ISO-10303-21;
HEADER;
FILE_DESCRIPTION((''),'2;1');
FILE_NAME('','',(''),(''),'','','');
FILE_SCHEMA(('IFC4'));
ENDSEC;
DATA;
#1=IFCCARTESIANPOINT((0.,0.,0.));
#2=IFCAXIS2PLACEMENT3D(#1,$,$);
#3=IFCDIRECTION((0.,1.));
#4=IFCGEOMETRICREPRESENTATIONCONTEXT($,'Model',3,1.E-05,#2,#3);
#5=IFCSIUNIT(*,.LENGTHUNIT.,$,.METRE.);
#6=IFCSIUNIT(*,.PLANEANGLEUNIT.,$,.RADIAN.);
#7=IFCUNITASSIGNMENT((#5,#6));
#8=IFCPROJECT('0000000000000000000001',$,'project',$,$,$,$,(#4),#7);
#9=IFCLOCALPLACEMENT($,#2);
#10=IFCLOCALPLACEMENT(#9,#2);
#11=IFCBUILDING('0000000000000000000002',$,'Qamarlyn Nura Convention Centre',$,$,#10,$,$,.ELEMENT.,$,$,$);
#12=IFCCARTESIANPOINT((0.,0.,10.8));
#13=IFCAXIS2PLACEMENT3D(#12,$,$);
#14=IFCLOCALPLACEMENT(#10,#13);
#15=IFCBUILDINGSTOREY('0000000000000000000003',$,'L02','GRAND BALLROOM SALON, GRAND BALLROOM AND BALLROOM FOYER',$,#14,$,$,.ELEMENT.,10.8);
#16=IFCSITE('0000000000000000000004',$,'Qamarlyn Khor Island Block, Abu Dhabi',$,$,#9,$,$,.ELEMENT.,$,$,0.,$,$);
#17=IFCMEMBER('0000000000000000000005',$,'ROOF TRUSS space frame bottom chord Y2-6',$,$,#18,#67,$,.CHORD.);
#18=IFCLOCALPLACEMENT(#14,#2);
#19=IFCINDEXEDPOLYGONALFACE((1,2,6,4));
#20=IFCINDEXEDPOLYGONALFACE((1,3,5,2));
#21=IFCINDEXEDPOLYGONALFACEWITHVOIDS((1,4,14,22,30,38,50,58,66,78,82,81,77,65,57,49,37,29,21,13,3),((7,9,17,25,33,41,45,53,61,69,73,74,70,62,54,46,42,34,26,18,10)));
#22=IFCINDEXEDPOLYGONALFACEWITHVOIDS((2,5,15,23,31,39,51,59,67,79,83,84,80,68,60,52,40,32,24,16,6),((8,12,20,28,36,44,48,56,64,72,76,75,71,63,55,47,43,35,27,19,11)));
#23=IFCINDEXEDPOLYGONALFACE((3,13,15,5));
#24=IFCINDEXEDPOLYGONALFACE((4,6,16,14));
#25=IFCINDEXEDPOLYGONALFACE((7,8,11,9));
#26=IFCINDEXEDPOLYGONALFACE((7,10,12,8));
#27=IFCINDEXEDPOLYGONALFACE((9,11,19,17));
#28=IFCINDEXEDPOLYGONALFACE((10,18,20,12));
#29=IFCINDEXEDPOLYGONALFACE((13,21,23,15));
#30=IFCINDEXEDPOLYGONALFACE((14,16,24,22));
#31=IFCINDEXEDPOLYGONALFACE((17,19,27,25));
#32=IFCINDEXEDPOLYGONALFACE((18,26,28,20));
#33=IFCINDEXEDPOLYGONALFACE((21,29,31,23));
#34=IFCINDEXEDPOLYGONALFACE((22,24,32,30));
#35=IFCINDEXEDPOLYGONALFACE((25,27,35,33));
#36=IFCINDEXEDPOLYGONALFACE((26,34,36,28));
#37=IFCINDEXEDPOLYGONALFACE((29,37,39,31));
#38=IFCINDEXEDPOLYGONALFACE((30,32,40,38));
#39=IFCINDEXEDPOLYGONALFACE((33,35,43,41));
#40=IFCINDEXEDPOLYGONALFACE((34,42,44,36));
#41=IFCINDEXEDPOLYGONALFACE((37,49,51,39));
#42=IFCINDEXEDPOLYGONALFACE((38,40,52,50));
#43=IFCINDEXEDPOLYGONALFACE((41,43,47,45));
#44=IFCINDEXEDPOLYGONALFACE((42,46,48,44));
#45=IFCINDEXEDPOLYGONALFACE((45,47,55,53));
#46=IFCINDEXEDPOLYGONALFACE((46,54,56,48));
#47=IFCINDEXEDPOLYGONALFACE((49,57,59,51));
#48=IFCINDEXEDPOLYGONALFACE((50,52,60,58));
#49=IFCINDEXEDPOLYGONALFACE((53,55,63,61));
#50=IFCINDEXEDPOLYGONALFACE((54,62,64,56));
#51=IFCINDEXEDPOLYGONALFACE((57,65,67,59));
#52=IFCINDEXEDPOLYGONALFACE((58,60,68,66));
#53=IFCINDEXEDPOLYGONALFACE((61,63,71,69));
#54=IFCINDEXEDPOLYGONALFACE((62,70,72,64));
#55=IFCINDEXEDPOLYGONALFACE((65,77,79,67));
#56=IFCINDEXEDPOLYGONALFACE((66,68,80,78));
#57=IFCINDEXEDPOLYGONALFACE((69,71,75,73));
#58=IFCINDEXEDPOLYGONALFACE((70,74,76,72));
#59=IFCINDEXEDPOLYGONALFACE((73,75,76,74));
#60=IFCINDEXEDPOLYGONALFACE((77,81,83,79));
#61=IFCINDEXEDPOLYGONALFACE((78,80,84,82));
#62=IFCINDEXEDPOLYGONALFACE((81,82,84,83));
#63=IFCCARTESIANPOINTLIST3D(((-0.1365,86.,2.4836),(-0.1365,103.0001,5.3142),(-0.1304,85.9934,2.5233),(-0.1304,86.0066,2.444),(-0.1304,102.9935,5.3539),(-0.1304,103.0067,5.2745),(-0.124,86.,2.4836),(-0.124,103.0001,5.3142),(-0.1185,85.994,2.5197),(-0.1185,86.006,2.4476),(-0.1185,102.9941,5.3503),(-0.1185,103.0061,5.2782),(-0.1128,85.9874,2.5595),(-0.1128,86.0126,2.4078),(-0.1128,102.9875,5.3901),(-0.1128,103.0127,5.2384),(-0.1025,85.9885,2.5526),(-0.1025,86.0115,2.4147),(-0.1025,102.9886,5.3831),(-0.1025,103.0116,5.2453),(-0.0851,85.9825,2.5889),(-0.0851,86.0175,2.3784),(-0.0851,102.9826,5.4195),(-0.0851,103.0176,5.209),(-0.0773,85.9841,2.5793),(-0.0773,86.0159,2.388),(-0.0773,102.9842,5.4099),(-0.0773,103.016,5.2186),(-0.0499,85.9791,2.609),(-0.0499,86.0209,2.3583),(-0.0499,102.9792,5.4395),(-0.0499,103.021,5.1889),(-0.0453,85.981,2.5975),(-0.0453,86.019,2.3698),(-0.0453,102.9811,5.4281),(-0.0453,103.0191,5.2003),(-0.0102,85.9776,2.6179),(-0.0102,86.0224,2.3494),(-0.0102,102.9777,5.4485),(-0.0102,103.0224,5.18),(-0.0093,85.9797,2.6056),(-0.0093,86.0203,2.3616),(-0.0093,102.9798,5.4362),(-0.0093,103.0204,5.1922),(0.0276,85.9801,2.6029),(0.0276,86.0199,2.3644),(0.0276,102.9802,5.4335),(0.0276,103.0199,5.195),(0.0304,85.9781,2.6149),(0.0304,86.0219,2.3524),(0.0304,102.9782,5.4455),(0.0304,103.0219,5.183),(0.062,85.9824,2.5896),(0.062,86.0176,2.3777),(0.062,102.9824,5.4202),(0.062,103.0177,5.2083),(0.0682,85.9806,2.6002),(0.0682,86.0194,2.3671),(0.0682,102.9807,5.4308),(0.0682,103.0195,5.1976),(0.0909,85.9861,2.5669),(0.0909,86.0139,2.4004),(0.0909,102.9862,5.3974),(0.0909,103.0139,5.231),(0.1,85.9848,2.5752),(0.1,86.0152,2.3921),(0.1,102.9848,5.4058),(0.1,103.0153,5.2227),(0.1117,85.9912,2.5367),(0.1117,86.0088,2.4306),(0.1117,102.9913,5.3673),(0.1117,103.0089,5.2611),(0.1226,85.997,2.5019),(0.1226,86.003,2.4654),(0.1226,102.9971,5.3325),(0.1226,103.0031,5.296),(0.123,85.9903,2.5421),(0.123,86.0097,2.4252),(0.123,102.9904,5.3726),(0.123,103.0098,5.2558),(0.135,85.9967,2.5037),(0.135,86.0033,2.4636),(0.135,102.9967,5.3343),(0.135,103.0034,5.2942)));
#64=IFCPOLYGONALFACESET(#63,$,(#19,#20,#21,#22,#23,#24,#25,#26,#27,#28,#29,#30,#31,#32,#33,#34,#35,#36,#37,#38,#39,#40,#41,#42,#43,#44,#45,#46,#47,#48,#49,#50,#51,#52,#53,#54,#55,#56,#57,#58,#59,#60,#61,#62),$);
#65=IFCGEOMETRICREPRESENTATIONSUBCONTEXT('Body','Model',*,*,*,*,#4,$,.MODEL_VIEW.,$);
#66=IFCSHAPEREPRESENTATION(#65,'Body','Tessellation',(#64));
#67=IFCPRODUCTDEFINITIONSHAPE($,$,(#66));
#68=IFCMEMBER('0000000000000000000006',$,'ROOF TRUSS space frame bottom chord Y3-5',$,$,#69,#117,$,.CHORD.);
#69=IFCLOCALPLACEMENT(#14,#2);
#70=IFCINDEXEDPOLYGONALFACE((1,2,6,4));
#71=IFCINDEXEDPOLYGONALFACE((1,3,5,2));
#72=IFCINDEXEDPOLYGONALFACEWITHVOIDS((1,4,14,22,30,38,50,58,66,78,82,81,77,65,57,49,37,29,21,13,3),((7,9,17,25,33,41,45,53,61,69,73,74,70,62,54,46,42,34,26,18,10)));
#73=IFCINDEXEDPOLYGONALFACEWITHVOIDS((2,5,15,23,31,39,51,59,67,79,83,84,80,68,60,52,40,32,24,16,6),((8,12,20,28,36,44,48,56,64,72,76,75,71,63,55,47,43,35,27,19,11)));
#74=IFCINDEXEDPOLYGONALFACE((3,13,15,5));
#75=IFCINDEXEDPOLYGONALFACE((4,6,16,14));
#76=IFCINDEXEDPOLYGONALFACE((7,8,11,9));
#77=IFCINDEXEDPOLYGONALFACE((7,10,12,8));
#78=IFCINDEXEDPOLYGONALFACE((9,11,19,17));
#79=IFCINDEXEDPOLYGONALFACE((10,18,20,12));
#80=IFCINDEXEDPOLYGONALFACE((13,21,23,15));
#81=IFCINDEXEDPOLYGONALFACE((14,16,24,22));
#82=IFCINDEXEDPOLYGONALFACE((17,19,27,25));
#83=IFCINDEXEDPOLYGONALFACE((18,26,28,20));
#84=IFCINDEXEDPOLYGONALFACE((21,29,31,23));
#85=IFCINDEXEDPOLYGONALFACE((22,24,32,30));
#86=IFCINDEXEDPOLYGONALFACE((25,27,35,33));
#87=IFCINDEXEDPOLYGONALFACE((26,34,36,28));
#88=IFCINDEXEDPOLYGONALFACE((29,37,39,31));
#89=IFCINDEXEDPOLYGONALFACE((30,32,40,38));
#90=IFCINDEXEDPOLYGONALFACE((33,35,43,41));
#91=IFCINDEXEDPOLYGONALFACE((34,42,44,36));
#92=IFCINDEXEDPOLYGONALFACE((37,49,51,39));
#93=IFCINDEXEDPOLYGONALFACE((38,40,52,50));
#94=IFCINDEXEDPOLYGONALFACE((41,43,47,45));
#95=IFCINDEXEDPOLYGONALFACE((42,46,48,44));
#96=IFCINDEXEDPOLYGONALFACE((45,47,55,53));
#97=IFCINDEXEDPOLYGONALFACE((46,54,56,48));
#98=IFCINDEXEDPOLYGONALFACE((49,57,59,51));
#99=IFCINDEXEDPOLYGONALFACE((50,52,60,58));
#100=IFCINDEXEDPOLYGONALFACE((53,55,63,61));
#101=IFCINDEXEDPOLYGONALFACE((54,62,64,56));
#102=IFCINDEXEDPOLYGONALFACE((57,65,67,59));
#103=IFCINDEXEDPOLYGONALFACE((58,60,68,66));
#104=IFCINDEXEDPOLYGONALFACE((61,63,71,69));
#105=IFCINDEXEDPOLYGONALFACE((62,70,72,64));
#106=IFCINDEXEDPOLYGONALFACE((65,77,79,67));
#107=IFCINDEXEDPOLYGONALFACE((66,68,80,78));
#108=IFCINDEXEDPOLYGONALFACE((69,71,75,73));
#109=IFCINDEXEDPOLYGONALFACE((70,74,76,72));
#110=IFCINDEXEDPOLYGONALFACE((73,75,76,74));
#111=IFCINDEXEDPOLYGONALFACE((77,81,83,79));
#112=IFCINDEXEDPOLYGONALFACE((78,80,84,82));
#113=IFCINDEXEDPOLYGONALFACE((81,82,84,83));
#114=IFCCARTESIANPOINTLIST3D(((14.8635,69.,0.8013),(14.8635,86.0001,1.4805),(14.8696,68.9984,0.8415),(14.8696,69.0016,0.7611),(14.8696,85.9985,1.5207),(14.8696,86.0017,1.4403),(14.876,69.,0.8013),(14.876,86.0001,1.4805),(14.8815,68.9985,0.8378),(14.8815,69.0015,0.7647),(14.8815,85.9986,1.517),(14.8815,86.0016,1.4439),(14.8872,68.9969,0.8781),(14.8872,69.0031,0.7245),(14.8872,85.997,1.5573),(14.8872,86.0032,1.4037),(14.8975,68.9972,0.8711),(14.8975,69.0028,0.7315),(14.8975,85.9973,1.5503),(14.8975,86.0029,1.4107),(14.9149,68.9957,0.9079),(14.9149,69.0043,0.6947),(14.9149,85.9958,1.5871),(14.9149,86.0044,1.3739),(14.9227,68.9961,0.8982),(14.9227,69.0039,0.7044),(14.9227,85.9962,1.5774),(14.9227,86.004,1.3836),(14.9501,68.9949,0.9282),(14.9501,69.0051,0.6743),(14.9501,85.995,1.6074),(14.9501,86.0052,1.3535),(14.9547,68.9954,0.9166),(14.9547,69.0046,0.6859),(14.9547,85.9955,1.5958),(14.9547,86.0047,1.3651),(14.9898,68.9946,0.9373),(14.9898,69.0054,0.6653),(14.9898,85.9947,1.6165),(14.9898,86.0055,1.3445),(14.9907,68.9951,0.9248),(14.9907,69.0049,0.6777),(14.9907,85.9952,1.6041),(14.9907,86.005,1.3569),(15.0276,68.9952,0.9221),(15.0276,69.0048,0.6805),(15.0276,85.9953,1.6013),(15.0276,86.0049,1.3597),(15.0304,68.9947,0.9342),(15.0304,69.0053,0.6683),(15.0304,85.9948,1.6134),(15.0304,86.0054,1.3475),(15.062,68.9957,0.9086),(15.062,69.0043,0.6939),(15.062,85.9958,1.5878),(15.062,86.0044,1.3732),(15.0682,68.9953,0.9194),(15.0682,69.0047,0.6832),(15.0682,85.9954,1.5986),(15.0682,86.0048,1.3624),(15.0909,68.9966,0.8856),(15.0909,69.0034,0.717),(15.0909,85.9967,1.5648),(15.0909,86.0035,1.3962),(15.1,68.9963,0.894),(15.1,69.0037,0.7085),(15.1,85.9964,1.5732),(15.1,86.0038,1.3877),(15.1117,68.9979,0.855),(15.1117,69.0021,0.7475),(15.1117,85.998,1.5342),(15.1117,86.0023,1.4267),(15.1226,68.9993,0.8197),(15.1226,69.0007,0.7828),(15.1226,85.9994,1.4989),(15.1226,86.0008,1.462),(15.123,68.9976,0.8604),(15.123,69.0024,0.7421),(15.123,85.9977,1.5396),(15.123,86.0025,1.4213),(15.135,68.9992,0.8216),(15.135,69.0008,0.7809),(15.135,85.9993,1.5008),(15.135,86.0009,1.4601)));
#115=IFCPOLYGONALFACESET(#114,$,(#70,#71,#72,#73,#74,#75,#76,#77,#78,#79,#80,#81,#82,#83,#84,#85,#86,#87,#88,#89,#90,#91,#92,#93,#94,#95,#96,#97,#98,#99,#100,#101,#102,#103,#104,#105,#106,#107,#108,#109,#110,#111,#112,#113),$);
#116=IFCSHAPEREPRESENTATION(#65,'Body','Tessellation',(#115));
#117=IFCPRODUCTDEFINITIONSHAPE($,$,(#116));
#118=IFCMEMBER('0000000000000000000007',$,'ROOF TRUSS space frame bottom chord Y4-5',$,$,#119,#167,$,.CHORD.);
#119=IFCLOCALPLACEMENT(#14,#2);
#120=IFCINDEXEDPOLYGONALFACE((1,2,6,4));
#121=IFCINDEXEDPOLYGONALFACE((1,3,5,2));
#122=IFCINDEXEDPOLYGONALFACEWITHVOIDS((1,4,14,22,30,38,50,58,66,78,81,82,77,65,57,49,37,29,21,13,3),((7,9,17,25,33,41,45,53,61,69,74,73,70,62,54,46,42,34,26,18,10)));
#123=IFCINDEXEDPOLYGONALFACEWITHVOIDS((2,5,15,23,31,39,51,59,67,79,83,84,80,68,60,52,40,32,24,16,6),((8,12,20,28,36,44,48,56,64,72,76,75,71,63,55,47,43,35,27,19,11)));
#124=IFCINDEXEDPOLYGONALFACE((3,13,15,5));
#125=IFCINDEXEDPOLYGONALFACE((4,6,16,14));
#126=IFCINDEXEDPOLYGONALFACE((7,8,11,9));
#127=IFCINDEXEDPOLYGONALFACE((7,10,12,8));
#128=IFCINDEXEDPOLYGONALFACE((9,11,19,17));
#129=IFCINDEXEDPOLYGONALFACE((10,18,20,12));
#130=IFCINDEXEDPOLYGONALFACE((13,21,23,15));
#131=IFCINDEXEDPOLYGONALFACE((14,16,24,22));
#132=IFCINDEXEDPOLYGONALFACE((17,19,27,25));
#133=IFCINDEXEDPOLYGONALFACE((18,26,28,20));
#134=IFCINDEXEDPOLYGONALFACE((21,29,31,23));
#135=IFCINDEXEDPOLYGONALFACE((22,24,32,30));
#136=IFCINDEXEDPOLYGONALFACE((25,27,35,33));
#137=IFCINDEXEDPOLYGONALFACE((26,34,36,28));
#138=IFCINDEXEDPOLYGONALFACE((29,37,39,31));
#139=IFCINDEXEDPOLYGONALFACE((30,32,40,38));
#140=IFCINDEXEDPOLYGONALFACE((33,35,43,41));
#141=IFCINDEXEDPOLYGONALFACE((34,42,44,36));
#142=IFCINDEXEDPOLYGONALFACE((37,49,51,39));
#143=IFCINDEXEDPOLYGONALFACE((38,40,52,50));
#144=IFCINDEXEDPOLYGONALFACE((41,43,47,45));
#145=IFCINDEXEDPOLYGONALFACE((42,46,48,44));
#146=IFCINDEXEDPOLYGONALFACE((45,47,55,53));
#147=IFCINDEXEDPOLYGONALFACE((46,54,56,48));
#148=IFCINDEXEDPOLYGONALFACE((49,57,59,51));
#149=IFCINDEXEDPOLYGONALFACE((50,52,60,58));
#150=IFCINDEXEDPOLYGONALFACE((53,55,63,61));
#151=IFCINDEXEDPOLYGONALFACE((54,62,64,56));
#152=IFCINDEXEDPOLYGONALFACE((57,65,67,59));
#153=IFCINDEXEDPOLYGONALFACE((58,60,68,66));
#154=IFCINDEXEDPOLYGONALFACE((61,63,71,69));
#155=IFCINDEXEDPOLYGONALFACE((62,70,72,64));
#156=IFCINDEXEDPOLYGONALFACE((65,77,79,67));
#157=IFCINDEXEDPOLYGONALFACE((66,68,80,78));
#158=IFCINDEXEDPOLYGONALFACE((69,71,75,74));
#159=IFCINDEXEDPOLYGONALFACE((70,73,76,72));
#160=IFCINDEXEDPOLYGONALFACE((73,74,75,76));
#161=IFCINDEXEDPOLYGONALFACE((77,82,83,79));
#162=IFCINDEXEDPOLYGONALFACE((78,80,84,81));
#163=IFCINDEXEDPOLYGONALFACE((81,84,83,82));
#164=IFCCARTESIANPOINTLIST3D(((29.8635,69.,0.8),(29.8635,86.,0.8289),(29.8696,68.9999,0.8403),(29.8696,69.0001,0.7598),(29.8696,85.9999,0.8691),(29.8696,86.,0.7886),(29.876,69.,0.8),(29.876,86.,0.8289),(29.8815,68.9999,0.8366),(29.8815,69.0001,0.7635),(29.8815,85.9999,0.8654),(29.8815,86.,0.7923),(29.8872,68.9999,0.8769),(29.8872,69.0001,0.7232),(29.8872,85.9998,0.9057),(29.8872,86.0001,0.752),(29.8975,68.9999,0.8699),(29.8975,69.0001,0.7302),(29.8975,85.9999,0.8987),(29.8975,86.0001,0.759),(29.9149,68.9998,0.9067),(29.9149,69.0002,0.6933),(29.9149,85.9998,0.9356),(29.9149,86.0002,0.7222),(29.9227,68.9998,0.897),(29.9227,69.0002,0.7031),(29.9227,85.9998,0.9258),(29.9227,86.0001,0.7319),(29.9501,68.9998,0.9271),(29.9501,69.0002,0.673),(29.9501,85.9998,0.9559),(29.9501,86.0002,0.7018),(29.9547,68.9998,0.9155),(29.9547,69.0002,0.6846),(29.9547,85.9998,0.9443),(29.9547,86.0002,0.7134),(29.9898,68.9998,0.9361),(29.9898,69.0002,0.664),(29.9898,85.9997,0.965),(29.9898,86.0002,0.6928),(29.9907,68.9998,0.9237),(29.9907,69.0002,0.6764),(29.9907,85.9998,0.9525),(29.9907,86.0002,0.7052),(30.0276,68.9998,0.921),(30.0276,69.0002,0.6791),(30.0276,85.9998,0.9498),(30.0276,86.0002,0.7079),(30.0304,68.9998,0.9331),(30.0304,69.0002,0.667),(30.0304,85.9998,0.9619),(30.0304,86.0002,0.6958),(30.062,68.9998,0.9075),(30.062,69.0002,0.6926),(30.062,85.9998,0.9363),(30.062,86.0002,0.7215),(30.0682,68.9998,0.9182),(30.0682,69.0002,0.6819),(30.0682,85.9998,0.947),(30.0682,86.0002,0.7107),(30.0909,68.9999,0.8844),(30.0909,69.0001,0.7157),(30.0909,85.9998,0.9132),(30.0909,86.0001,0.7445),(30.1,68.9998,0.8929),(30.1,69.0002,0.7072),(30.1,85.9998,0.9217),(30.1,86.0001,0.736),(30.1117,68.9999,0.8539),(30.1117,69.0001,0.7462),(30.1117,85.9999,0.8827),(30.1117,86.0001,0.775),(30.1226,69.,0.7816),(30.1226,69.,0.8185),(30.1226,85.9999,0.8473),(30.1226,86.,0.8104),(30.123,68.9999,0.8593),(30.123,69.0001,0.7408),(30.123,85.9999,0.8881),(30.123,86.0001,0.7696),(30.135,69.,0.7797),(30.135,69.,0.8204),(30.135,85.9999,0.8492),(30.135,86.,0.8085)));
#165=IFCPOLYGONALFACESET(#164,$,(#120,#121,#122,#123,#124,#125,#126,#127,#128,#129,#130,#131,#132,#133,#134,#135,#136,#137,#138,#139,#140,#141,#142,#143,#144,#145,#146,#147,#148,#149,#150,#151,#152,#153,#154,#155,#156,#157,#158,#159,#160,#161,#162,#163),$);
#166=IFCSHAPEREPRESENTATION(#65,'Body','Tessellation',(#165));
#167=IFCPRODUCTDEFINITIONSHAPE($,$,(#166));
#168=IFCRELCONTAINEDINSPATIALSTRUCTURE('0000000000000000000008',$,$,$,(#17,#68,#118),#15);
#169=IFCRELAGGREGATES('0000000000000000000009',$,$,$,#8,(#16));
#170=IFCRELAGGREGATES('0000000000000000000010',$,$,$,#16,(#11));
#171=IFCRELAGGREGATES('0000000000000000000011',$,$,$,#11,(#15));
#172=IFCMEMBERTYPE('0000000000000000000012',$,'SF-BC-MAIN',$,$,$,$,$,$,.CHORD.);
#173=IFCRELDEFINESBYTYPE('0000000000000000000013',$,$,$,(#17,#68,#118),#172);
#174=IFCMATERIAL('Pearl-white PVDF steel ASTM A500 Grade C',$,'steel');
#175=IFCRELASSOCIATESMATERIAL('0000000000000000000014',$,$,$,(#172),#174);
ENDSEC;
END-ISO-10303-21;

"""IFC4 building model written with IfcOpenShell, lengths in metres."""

from ifc_helpers import new_model, si_unit, direction, frame, origin, origin_2d, place, context, subcontext, project, spatial, hollow_circle, extrude, material, material_profile, profile_set, type_object, element, save


model = new_model("IFC4")

# Units and contexts
model_context = context("Model", 3, precision=1e-05, world=origin(), true_north=direction((0.0, 1.0)))
body_context = subcontext(model_context, "Body", "Model", "MODEL_VIEW")
ifc_project = project(units=[si_unit("LENGTHUNIT", "METRE"), si_unit("PLANEANGLEUNIT", "RADIAN")], contexts=[model_context])

# Site, building, storey
site_placement = place(None, origin())
site = spatial("IfcSite", under=ifc_project, at=site_placement, Name="Qamarlyn Khor Island Block, Abu Dhabi", CompositionType="ELEMENT", RefElevation=0.0)
building_placement = place(site_placement, origin())
building = spatial("IfcBuilding", under=site, at=building_placement, Name="Qamarlyn Nura Convention Centre", CompositionType="ELEMENT")
storey_placement = place(building_placement, frame((0.0, 0.0, 10.8)))
storey = spatial("IfcBuildingStorey", under=building, at=storey_placement, Name="L02", Description="GRAND BALLROOM SALON, GRAND BALLROOM AND BALLROOM FOYER", CompositionType="ELEMENT", Elevation=10.8)

# Members
ifc_material_1 = material(Name="Pearl-white PVDF steel ASTM A500 Grade C", Category="steel")
ifc_material_profile_1 = material_profile(ifc_material_1, hollow_circle(Radius=0.1365, WallThickness=0.0125, at=origin_2d()), Name="CHS273X12.5")
ifc_profile_set_1 = profile_set([ifc_material_profile_1], Name="Pearl-white PVDF steel ASTM A500 Grade C")
member_type_1 = type_object("IfcMemberType", Name="SF-BC-MAIN", PredefinedType="CHORD", material=ifc_profile_set_1)
member_1_placement = place(storey_placement, frame((0.0, 86.0, 2.4836), z_axis=(0.0, 0.98642, 0.164243), x_axis=(-1.0, 0.0, 0.0)))
element("IfcMember", 1, at=member_1_placement, inside=storey, type_object=member_type_1, Name="ROOF TRUSS space frame bottom chord Y2-6", PredefinedType="CHORD", context=body_context, shape_type="SweptSolid", body=[
    extrude(hollow_circle(Radius=0.1365, WallThickness=0.0125, at=origin_2d()), origin(), (0.0, 0.0, 1.0), 17.2341),
])
member_2_placement = place(storey_placement, frame((15.0, 69.0, 0.8013), z_axis=(0.0, 0.999203, 0.039921), x_axis=(-1.0, 0.0, 0.0)))
element("IfcMember", 2, at=member_2_placement, inside=storey, type_object=member_type_1, Name="ROOF TRUSS space frame bottom chord Y3-5", PredefinedType="CHORD", context=body_context, shape_type="SweptSolid", body=[
    extrude(hollow_circle(Radius=0.1365, WallThickness=0.0125, at=origin_2d()), origin(), (0.0, 0.0, 1.0), 17.0137),
])
member_3_placement = place(storey_placement, frame((30.0, 69.0, 0.8), z_axis=(0.0, 0.999999, 0.001695), x_axis=(-1.0, 0.0, 0.0)))
element("IfcMember", 3, at=member_3_placement, inside=storey, type_object=member_type_1, Name="ROOF TRUSS space frame bottom chord Y4-5", PredefinedType="CHORD", context=body_context, shape_type="SweptSolid", body=[
    extrude(hollow_circle(Radius=0.1365, WallThickness=0.0125, at=origin_2d()), origin(), (0.0, 0.0, 1.0), 17.0),
])

save(model, "model.ifc")
